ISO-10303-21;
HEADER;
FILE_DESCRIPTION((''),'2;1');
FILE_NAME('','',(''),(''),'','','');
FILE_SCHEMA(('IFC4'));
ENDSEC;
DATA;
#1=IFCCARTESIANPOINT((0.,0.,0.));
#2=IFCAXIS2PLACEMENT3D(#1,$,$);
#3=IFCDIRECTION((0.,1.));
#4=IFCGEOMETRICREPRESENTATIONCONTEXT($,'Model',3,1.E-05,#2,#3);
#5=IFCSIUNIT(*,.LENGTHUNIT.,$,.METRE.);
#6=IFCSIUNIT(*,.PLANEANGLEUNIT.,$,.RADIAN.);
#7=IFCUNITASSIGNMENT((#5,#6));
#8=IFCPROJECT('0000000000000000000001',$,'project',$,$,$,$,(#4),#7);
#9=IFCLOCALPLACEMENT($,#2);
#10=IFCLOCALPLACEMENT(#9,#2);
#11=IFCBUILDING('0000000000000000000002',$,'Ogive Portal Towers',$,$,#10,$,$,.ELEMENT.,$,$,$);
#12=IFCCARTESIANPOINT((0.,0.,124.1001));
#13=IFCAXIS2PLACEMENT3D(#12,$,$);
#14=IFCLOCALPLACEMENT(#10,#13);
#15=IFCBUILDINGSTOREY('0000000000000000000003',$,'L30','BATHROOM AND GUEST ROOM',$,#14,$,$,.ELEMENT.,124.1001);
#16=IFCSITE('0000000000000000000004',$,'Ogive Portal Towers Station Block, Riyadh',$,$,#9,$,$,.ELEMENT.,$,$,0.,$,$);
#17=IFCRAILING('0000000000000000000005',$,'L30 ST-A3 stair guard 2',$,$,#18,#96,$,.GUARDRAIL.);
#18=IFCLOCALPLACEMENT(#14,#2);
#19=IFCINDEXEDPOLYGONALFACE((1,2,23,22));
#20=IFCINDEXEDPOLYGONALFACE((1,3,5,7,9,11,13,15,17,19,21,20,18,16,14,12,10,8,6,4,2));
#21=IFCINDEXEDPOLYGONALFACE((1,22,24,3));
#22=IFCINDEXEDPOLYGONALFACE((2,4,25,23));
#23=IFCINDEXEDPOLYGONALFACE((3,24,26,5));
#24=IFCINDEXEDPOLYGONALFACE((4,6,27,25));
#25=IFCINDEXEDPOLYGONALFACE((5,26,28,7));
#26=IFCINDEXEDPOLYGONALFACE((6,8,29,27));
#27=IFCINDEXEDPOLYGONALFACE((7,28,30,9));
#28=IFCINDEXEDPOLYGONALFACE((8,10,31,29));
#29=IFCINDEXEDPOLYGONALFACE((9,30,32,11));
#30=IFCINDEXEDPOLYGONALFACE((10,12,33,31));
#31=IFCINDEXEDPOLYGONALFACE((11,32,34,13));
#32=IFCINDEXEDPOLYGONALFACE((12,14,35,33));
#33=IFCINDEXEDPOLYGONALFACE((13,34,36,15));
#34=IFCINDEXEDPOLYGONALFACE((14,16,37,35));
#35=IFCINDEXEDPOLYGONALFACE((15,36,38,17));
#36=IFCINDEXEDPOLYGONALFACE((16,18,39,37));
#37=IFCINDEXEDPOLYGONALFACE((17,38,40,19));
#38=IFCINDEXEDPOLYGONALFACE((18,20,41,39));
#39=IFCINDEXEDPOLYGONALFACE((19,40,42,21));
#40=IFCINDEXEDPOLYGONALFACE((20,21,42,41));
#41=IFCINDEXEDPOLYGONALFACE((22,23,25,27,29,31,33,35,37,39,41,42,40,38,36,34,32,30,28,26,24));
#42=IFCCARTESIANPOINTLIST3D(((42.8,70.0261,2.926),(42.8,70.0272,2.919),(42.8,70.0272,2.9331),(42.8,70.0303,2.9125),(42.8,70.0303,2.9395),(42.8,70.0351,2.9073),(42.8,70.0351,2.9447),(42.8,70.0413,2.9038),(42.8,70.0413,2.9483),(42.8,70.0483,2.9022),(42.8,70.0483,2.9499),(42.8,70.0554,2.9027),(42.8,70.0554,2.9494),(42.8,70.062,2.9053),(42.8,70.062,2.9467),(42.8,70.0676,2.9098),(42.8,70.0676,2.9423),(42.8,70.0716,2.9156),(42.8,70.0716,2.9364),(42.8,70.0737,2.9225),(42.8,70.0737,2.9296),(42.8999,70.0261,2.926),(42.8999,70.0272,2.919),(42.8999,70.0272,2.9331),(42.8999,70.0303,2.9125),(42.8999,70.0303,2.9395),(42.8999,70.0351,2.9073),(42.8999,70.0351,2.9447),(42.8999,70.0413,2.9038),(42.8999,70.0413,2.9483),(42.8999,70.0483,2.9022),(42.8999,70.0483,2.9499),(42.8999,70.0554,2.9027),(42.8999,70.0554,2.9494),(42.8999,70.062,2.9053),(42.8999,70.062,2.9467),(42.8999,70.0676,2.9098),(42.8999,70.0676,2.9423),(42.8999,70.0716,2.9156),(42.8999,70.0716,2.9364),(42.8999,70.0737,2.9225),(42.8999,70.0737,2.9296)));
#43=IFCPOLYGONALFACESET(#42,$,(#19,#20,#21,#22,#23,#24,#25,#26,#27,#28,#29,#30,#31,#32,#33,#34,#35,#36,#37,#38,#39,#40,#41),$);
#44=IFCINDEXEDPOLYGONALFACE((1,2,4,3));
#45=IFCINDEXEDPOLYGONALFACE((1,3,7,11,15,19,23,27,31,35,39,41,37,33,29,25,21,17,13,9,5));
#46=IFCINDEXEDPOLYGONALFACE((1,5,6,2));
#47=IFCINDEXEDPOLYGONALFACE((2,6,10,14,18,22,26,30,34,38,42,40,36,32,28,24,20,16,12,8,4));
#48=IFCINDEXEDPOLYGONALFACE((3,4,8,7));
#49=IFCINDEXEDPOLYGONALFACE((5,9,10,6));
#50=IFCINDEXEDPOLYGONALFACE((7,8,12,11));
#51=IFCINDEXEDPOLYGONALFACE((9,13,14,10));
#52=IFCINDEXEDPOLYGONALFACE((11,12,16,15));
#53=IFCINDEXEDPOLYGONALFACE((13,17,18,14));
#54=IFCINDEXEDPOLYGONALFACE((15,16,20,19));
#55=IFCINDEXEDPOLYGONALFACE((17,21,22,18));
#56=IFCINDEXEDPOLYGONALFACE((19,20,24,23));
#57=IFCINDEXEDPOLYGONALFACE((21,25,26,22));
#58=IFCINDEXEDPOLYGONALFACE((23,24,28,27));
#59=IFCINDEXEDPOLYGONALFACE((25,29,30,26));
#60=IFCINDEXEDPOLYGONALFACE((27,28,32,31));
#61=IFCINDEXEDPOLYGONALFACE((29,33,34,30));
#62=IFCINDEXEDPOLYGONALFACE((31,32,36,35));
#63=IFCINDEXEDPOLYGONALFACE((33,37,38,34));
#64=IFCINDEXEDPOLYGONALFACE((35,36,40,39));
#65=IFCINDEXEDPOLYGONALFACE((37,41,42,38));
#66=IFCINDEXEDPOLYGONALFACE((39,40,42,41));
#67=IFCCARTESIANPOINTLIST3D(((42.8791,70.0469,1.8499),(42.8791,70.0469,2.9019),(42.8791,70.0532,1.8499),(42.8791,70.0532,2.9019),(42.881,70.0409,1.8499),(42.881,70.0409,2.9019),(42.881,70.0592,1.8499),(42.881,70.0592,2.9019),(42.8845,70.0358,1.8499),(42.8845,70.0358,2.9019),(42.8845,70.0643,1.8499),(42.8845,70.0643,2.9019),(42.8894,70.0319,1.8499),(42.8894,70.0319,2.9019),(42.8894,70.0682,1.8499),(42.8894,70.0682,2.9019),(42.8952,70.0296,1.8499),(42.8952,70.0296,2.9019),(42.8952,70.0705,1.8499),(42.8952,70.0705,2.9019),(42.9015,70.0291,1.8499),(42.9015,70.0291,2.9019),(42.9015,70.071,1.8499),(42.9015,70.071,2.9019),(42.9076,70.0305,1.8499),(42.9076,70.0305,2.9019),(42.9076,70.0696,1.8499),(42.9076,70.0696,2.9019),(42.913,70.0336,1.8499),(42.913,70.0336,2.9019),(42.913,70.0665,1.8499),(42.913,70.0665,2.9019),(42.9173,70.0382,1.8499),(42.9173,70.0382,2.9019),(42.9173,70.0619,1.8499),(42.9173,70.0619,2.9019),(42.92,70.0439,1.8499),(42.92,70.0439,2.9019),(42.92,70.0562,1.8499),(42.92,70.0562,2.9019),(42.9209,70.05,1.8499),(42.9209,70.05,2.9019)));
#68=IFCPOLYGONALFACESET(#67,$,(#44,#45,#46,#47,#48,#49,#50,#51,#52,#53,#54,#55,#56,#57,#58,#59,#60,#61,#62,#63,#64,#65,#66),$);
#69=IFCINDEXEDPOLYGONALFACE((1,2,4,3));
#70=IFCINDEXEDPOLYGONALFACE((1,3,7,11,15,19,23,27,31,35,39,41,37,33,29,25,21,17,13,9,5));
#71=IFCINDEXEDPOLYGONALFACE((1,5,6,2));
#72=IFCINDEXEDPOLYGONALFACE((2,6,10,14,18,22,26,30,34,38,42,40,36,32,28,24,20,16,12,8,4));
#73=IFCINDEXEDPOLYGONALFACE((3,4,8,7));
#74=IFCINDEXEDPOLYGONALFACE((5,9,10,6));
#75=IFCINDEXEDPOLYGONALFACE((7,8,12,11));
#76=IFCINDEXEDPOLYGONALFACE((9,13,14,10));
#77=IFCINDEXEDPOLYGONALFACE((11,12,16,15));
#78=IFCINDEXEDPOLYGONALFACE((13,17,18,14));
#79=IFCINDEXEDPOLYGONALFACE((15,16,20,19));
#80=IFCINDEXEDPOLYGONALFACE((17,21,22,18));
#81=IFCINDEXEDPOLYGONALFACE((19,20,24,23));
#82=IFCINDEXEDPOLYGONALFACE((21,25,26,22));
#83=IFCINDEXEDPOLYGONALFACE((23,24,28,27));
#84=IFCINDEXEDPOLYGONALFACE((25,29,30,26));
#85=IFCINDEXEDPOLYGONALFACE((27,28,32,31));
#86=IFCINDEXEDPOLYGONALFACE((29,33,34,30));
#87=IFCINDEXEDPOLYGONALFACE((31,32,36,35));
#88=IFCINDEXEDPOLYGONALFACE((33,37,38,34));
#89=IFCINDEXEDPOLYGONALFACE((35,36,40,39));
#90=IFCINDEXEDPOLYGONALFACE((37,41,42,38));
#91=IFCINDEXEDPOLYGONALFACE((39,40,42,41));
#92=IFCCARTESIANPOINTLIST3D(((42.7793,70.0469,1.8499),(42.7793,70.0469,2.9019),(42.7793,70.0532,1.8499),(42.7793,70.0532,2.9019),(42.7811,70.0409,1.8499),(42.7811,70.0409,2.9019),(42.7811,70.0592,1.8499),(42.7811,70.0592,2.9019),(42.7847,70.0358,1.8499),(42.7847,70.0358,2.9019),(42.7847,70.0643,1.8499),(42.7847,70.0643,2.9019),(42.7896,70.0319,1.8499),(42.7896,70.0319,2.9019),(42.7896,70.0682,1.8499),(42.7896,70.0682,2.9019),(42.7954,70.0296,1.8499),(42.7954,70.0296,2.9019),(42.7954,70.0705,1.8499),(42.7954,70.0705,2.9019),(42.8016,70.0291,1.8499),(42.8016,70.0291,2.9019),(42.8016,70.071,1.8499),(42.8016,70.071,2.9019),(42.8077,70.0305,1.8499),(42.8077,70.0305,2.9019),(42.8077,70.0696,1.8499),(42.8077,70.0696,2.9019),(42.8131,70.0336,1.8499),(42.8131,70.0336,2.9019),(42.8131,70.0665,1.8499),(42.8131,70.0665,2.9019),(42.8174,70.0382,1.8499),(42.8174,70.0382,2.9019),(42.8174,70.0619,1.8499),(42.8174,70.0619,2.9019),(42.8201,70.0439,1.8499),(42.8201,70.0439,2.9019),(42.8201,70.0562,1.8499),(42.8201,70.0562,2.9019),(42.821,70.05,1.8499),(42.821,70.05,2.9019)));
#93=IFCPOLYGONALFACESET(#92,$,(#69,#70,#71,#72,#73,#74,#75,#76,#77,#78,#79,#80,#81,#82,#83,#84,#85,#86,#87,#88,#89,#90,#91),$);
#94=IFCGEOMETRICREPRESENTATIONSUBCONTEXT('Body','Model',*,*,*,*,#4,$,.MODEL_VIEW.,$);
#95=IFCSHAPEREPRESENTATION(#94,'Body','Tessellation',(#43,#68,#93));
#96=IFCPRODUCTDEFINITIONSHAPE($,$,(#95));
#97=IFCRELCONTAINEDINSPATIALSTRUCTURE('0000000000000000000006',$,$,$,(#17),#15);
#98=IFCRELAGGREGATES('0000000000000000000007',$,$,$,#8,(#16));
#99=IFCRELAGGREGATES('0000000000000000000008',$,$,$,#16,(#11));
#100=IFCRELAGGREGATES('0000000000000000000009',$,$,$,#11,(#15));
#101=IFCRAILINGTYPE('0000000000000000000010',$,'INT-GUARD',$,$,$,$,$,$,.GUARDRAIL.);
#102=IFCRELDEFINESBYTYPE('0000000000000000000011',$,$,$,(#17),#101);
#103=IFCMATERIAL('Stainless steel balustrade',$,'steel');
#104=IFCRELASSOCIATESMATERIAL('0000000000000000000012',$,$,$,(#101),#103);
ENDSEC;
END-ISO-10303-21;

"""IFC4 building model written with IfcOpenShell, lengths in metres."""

from ifc_helpers import new_model, si_unit, direction, frame, origin, origin_2d, place, context, subcontext, project, spatial, circle, extrude, material, type_object, element, save


model = new_model("IFC4")

# Units and contexts
model_context = context("Model", 3, precision=1e-05, world=origin(), true_north=direction((0.0, 1.0)))
body_context = subcontext(model_context, "Body", "Model", "MODEL_VIEW")
ifc_project = project(units=[si_unit("LENGTHUNIT", "METRE"), si_unit("PLANEANGLEUNIT", "RADIAN")], contexts=[model_context])

# Site, building, storey
site_placement = place(None, origin())
site = spatial("IfcSite", under=ifc_project, at=site_placement, Name="Ogive Portal Towers Station Block, Riyadh", CompositionType="ELEMENT", RefElevation=0.0)
building_placement = place(site_placement, origin())
building = spatial("IfcBuilding", under=site, at=building_placement, Name="Ogive Portal Towers", CompositionType="ELEMENT")
storey_placement = place(building_placement, frame((0.0, 0.0, 124.1001)))
storey = spatial("IfcBuildingStorey", under=building, at=storey_placement, Name="L30", Description="BATHROOM AND GUEST ROOM", CompositionType="ELEMENT", Elevation=124.1001)

# Railing
ifc_material_1 = material(Name="Stainless steel balustrade", Category="steel")
railing_type_1 = type_object("IfcRailingType", Name="INT-GUARD", PredefinedType="GUARDRAIL", material=ifc_material_1)
railing_1_placement = place(storey_placement, frame((42.8999, 70.05, 1.8499)))
element("IfcRailing", 1, at=railing_1_placement, inside=storey, type_object=railing_type_1, Name="L30 ST-A3 stair guard 2", PredefinedType="GUARDRAIL", context=body_context, shape_type="SweptSolid", body=[
    extrude(circle(Radius=0.0239, at=origin_2d()), frame((0.0, 0.0, 1.0762), z_axis=(-1.0, 0.0, 0.0), x_axis=(0.0, -1.0, 0.0)), (0.0, 0.0, 1.0), 0.0999),
    extrude(circle(Radius=0.021, at=origin_2d()), origin(), (0.0, 0.0, 1.0), 1.052),
    extrude(circle(Radius=0.021, at=origin_2d()), frame((-0.0999, 0.0, 0.0)), (0.0, 0.0, 1.0), 1.052),
])

save(model, "model.ifc")
